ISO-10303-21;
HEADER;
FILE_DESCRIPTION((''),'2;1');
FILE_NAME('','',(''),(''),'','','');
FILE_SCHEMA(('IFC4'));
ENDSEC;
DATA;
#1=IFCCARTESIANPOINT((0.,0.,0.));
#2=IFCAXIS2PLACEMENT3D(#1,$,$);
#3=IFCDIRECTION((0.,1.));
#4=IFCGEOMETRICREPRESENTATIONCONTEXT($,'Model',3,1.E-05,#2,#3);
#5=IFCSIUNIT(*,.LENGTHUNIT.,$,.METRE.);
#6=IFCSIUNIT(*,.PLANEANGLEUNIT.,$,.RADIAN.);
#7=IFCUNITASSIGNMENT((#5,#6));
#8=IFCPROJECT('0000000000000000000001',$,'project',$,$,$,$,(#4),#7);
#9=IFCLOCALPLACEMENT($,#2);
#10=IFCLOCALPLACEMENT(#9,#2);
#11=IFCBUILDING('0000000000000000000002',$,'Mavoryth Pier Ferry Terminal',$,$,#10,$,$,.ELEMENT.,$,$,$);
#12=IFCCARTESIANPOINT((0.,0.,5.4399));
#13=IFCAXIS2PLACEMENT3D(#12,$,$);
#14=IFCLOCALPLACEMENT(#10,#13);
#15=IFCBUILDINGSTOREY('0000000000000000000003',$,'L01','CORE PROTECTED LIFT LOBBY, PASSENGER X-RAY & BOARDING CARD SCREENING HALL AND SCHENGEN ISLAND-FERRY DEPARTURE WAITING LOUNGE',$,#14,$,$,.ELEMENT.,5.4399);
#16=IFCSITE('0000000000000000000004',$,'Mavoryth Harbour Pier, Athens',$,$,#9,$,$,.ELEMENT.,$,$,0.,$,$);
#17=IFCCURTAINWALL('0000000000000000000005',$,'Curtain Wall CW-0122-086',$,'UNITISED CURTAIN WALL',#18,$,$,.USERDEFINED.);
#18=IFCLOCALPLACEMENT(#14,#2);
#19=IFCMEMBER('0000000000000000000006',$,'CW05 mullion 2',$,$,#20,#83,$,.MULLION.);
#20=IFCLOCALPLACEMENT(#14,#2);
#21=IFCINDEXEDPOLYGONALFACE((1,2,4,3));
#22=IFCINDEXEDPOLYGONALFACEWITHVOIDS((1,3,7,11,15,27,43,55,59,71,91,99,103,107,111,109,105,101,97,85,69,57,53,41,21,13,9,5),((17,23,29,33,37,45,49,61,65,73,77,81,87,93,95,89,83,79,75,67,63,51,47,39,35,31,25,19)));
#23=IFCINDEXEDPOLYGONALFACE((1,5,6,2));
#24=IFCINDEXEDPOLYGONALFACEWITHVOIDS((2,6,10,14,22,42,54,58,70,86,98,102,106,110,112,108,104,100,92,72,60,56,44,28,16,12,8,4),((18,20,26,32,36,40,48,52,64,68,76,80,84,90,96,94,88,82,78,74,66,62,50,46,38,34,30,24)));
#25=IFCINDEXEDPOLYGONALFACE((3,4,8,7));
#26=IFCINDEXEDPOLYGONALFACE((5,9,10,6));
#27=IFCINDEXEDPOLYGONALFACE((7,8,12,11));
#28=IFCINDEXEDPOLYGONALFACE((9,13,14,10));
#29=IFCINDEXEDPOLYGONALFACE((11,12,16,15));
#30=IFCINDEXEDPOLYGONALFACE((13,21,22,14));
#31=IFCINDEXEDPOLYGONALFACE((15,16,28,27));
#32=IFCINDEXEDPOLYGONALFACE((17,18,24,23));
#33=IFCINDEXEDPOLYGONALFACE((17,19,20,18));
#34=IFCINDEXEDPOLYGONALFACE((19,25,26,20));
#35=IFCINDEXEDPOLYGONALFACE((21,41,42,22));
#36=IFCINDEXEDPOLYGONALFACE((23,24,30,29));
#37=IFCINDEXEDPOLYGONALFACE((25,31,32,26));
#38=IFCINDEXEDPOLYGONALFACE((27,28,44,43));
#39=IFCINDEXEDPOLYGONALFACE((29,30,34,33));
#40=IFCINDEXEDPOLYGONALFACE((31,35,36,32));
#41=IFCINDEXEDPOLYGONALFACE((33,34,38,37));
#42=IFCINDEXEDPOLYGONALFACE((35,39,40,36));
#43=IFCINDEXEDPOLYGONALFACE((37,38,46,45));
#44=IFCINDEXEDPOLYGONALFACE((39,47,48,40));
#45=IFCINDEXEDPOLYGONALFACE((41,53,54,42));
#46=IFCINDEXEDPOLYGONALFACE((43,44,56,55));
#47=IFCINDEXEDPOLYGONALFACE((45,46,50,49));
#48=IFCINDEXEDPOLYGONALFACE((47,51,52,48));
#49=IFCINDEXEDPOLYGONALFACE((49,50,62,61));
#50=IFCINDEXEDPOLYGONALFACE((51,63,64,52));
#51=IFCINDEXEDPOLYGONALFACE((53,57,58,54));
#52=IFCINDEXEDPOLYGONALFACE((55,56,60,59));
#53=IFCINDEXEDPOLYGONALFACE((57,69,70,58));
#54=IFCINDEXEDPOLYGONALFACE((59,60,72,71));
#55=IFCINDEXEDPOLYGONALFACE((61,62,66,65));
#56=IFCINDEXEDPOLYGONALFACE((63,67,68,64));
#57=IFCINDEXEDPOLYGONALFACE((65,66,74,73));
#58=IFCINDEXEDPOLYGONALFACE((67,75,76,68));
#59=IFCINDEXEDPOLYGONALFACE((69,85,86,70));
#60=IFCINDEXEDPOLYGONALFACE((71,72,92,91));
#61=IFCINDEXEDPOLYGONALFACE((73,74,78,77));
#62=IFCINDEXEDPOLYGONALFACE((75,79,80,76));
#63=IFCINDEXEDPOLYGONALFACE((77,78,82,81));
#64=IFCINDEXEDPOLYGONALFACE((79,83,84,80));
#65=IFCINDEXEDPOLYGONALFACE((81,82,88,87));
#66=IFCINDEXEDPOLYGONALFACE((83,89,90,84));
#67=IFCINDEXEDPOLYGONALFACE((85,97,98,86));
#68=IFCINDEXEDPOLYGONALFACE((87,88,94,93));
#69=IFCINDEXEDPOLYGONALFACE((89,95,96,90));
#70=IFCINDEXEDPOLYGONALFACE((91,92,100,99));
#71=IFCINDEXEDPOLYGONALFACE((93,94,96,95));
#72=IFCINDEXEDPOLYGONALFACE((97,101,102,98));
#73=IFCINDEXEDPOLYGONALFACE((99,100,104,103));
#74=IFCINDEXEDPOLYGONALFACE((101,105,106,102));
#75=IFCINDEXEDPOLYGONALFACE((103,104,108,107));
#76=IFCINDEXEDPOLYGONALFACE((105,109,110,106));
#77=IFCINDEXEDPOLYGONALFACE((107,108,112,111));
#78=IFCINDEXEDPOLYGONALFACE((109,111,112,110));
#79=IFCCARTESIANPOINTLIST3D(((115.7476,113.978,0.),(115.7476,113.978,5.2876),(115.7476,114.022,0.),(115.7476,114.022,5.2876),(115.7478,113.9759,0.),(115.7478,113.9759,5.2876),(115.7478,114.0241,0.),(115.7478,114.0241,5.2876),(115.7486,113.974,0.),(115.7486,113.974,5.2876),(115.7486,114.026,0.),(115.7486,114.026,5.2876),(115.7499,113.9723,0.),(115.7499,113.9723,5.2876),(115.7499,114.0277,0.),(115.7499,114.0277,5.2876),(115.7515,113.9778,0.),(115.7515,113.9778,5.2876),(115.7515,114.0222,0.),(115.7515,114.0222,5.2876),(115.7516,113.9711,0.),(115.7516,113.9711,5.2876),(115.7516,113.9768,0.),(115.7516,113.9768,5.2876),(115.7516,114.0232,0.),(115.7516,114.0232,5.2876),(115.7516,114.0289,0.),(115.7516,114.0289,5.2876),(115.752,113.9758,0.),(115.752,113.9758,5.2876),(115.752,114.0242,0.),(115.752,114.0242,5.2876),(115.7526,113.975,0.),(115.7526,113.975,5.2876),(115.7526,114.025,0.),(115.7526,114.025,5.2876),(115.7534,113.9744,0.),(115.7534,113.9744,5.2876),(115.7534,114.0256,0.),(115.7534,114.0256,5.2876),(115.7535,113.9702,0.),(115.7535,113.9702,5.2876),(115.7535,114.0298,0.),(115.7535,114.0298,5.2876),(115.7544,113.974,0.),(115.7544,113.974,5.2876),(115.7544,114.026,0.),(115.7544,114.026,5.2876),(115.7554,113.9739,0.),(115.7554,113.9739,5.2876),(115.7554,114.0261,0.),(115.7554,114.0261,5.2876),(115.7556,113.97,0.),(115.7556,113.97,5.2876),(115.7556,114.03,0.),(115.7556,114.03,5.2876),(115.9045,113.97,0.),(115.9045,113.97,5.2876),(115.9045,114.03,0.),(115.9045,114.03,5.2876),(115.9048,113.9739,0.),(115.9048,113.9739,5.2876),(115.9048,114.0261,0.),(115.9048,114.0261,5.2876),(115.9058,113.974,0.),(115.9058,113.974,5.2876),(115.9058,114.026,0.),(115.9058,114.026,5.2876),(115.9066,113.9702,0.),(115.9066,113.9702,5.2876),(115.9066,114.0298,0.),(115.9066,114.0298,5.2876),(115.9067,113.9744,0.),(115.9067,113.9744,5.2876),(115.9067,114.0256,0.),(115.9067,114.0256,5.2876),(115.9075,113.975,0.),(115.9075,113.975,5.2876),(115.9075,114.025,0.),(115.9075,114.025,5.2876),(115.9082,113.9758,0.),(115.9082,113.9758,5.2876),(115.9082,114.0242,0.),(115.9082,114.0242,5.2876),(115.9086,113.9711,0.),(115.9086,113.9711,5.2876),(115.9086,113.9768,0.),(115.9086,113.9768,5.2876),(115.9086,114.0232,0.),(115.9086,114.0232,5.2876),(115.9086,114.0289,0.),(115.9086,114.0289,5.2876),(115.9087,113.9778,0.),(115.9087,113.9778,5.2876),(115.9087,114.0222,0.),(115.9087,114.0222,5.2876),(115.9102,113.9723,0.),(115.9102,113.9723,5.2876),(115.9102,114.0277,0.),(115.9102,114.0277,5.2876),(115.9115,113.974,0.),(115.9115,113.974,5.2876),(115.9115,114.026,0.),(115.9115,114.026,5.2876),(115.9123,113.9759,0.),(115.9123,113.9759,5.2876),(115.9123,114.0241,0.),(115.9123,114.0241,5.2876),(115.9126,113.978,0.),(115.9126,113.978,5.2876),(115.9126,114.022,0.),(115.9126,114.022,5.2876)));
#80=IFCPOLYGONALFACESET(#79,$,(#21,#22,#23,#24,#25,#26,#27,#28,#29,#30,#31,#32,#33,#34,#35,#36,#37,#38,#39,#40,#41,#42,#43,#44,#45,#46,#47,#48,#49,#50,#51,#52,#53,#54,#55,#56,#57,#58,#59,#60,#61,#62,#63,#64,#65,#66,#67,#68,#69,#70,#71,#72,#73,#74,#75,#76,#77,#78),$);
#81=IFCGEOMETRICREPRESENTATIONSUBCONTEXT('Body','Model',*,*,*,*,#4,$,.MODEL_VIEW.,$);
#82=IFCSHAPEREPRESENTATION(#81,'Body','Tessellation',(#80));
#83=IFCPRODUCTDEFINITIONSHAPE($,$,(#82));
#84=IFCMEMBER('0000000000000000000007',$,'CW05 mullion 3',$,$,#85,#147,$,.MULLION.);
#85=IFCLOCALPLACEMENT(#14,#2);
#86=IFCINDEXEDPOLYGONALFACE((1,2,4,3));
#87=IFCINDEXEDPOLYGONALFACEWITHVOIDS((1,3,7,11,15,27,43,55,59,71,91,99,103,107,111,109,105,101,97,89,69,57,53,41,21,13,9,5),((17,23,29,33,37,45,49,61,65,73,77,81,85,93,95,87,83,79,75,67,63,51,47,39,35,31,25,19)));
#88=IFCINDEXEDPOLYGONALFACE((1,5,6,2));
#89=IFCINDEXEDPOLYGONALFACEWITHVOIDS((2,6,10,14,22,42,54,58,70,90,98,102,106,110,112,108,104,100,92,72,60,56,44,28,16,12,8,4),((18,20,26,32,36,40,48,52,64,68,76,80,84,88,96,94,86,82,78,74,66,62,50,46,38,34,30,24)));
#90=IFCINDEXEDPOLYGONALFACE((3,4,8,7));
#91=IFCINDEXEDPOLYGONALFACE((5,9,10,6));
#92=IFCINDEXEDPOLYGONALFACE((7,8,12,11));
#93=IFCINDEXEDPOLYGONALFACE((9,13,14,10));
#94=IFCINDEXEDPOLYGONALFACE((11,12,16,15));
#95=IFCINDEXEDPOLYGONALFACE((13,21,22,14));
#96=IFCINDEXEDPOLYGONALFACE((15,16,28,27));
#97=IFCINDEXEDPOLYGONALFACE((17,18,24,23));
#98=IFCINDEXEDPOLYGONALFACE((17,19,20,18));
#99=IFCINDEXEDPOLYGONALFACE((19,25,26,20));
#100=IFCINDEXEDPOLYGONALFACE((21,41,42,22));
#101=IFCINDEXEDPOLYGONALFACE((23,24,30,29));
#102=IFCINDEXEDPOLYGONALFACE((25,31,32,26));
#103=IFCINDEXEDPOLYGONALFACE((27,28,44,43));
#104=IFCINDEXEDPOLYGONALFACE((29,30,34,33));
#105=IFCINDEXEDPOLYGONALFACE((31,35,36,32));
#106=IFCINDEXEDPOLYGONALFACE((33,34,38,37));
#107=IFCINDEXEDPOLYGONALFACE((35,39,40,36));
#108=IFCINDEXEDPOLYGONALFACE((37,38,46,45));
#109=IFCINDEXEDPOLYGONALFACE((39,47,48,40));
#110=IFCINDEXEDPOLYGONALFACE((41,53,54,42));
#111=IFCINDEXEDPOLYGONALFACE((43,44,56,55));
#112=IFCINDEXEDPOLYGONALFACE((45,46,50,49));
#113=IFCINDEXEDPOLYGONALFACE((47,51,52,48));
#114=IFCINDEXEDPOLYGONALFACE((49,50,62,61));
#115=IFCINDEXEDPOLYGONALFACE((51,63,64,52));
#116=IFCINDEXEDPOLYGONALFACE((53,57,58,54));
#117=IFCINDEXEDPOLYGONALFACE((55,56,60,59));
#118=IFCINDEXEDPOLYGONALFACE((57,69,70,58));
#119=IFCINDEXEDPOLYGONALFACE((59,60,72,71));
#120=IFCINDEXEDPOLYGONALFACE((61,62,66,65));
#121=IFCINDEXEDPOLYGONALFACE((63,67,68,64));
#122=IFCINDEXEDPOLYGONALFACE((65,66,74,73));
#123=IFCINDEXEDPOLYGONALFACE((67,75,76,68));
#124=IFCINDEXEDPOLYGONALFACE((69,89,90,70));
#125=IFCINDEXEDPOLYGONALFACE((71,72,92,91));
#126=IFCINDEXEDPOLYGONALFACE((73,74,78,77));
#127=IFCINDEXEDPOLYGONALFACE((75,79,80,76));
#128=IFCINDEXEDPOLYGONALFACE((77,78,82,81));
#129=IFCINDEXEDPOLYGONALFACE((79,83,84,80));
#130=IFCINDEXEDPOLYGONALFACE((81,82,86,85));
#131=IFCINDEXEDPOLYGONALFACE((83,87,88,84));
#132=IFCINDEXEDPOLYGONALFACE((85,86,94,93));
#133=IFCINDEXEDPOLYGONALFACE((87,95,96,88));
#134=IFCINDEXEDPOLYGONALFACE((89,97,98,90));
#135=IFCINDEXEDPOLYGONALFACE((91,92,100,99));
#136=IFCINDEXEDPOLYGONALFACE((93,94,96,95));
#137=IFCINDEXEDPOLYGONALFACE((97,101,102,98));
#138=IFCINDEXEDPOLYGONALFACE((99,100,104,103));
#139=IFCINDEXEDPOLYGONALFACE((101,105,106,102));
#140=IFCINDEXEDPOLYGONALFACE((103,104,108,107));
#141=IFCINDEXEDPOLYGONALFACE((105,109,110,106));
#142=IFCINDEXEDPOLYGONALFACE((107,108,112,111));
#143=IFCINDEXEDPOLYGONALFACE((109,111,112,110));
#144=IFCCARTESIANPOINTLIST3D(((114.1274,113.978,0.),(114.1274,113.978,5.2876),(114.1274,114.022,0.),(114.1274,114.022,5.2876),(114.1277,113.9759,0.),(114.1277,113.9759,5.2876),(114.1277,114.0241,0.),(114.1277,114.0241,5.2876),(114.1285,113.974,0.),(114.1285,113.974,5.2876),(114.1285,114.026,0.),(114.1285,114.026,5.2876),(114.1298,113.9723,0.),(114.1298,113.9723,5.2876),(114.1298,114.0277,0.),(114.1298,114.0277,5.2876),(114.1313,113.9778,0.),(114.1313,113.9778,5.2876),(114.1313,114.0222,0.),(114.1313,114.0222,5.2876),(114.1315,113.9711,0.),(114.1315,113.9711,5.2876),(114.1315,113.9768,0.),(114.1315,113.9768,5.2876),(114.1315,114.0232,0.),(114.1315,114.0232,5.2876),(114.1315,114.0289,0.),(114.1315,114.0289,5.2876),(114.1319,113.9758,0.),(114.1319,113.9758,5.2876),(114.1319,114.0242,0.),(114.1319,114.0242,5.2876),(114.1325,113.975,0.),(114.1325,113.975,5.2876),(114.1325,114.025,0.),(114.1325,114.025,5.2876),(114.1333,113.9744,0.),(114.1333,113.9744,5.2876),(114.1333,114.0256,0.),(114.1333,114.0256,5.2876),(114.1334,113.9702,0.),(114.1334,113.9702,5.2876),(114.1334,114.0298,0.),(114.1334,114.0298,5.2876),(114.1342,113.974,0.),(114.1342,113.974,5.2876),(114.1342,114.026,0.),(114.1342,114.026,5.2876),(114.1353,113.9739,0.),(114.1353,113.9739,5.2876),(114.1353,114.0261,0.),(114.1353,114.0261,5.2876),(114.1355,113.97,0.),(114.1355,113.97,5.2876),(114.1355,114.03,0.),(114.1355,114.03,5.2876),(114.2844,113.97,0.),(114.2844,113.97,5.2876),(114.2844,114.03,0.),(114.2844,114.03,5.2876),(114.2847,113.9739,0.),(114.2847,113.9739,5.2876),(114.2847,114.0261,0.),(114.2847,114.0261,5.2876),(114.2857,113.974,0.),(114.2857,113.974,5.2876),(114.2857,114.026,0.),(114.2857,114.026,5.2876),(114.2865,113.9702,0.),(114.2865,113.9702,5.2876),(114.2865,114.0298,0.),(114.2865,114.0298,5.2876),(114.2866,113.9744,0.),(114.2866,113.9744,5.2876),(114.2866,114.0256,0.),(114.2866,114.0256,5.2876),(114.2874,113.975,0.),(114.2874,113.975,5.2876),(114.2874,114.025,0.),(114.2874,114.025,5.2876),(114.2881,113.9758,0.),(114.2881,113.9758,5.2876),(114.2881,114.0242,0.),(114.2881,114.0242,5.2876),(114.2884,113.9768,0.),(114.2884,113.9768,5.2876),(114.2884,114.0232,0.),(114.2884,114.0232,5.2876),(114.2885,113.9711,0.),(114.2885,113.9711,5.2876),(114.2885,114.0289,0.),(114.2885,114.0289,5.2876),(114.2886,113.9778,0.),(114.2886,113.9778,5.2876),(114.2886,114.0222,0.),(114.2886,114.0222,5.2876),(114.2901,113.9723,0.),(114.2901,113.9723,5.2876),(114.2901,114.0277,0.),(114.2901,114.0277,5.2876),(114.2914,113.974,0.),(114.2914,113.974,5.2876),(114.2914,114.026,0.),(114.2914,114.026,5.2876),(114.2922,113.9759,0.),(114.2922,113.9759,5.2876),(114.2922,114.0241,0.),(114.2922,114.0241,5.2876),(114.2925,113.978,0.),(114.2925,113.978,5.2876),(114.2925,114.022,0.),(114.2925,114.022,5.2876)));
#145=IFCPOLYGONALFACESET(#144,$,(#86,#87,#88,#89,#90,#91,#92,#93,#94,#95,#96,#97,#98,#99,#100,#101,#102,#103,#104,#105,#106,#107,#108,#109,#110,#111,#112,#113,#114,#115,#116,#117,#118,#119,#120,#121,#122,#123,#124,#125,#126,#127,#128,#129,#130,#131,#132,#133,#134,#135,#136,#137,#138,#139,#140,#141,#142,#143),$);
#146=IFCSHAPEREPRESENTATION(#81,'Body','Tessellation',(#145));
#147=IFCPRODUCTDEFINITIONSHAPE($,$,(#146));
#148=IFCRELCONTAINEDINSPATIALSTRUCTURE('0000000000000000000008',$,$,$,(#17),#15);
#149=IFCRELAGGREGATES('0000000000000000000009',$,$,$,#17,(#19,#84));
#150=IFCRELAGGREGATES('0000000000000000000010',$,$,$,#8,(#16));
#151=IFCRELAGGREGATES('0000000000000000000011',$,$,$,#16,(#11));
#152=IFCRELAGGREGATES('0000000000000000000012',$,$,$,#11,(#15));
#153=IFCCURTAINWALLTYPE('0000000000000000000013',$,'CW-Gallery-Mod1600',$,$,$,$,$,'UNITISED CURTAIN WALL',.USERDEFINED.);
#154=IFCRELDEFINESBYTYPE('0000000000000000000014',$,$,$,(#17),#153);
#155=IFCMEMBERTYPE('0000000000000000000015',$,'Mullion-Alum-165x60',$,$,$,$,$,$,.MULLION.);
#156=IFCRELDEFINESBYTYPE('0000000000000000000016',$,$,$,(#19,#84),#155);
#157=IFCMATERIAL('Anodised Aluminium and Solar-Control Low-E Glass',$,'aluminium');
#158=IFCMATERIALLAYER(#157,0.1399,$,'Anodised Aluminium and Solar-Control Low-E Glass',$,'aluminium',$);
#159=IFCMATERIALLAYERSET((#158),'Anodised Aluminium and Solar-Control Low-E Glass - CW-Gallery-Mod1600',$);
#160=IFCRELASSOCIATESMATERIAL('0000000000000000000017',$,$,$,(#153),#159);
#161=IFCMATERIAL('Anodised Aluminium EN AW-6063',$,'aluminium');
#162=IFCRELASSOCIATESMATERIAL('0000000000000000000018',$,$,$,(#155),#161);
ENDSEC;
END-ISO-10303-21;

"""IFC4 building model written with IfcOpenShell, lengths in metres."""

from ifc_helpers import new_model, si_unit, direction, frame, origin, origin_2d, place, context, subcontext, project, spatial, hollow_rectangle, extrude, material, layer, layer_set, material_profile, profile_set, type_object, element, aggregate, save


model = new_model("IFC4")

# Units and contexts
model_context = context("Model", 3, precision=1e-05, world=origin(), true_north=direction((0.0, 1.0)))
body_context = subcontext(model_context, "Body", "Model", "MODEL_VIEW")
ifc_project = project(units=[si_unit("LENGTHUNIT", "METRE"), si_unit("PLANEANGLEUNIT", "RADIAN")], contexts=[model_context])

# Site, building, storey
site_placement = place(None, origin())
site = spatial("IfcSite", under=ifc_project, at=site_placement, Name="Mavoryth Harbour Pier, Athens", CompositionType="ELEMENT", RefElevation=0.0)
building_placement = place(site_placement, origin())
building = spatial("IfcBuilding", under=site, at=building_placement, Name="Mavoryth Pier Ferry Terminal", CompositionType="ELEMENT")
storey_placement = place(building_placement, frame((0.0, 0.0, 5.4399)))
storey = spatial("IfcBuildingStorey", under=building, at=storey_placement, Name="L01", Description="CORE PROTECTED LIFT LOBBY, PASSENGER X-RAY & BOARDING CARD SCREENING HALL AND SCHENGEN ISLAND-FERRY DEPARTURE WAITING LOUNGE", CompositionType="ELEMENT", Elevation=5.4399)

# Curtain wall, members
ifc_material_1 = material(Name="Anodised Aluminium and Solar-Control Low-E Glass", Category="aluminium")
ifc_layer_1 = layer(ifc_material_1, 0.1399, Name="Anodised Aluminium and Solar-Control Low-E Glass", Category="aluminium")
ifc_layer_set_1 = layer_set([ifc_layer_1], Name="Anodised Aluminium and Solar-Control Low-E Glass - CW-Gallery-Mod1600")
curtain_wall_type = type_object("IfcCurtainWallType", Name="CW-Gallery-Mod1600", ElementType="UNITISED CURTAIN WALL", PredefinedType="USERDEFINED", material=ifc_layer_set_1)
curtain_wall_1_placement = place(storey_placement, origin())
curtain_wall_1 = element("IfcCurtainWall", 1, at=curtain_wall_1_placement, inside=storey, type_object=curtain_wall_type, Name="Curtain Wall CW-0122-086", ObjectType="UNITISED CURTAIN WALL", PredefinedType="USERDEFINED")
ifc_material_2 = material(Name="Anodised Aluminium EN AW-6063", Category="aluminium")
ifc_material_profile_1 = material_profile(ifc_material_2, hollow_rectangle(XDim=0.0601, YDim=0.165, WallThickness=0.0039, InnerFilletRadius=0.0039, OuterFilletRadius=0.0081, at=origin_2d()), Name="AL-MULL 165x60x4", Category="aluminium")
ifc_profile_set_1 = profile_set([ifc_material_profile_1], Name="Anodised Aluminium EN AW-6063 - AL-MULL 165x60x4")
member_type_1 = type_object("IfcMemberType", Name="Mullion-Alum-165x60", PredefinedType="MULLION", material=ifc_profile_set_1)
member_1_placement = place(storey_placement, frame((115.8301, 114.0, 0.0), z_axis=(0.0, 0.0, 1.0), x_axis=(0.0, -1.0, 0.0)))
member_1 = element("IfcMember", 2, at=member_1_placement, type_object=member_type_1, Name="CW05 mullion 2", PredefinedType="MULLION", context=body_context, shape_type="SweptSolid", body=[
    extrude(hollow_rectangle(XDim=0.0601, YDim=0.165, WallThickness=0.0039, InnerFilletRadius=0.0039, OuterFilletRadius=0.0081, at=origin_2d()), origin(), (0.0, 0.0, 1.0), 5.2876),
])
member_2_placement = place(storey_placement, frame((114.21, 114.0, 0.0), z_axis=(0.0, 0.0, 1.0), x_axis=(0.0, -1.0, 0.0)))
member_2 = element("IfcMember", 3, at=member_2_placement, type_object=member_type_1, Name="CW05 mullion 3", PredefinedType="MULLION", context=body_context, shape_type="SweptSolid", body=[
    extrude(hollow_rectangle(XDim=0.0601, YDim=0.165, WallThickness=0.0039, InnerFilletRadius=0.0039, OuterFilletRadius=0.0081, at=origin_2d()), origin(), (0.0, 0.0, 1.0), 5.2876),
])

aggregate(curtain_wall_1, [member_1, member_2])

save(model, "model.ifc")
